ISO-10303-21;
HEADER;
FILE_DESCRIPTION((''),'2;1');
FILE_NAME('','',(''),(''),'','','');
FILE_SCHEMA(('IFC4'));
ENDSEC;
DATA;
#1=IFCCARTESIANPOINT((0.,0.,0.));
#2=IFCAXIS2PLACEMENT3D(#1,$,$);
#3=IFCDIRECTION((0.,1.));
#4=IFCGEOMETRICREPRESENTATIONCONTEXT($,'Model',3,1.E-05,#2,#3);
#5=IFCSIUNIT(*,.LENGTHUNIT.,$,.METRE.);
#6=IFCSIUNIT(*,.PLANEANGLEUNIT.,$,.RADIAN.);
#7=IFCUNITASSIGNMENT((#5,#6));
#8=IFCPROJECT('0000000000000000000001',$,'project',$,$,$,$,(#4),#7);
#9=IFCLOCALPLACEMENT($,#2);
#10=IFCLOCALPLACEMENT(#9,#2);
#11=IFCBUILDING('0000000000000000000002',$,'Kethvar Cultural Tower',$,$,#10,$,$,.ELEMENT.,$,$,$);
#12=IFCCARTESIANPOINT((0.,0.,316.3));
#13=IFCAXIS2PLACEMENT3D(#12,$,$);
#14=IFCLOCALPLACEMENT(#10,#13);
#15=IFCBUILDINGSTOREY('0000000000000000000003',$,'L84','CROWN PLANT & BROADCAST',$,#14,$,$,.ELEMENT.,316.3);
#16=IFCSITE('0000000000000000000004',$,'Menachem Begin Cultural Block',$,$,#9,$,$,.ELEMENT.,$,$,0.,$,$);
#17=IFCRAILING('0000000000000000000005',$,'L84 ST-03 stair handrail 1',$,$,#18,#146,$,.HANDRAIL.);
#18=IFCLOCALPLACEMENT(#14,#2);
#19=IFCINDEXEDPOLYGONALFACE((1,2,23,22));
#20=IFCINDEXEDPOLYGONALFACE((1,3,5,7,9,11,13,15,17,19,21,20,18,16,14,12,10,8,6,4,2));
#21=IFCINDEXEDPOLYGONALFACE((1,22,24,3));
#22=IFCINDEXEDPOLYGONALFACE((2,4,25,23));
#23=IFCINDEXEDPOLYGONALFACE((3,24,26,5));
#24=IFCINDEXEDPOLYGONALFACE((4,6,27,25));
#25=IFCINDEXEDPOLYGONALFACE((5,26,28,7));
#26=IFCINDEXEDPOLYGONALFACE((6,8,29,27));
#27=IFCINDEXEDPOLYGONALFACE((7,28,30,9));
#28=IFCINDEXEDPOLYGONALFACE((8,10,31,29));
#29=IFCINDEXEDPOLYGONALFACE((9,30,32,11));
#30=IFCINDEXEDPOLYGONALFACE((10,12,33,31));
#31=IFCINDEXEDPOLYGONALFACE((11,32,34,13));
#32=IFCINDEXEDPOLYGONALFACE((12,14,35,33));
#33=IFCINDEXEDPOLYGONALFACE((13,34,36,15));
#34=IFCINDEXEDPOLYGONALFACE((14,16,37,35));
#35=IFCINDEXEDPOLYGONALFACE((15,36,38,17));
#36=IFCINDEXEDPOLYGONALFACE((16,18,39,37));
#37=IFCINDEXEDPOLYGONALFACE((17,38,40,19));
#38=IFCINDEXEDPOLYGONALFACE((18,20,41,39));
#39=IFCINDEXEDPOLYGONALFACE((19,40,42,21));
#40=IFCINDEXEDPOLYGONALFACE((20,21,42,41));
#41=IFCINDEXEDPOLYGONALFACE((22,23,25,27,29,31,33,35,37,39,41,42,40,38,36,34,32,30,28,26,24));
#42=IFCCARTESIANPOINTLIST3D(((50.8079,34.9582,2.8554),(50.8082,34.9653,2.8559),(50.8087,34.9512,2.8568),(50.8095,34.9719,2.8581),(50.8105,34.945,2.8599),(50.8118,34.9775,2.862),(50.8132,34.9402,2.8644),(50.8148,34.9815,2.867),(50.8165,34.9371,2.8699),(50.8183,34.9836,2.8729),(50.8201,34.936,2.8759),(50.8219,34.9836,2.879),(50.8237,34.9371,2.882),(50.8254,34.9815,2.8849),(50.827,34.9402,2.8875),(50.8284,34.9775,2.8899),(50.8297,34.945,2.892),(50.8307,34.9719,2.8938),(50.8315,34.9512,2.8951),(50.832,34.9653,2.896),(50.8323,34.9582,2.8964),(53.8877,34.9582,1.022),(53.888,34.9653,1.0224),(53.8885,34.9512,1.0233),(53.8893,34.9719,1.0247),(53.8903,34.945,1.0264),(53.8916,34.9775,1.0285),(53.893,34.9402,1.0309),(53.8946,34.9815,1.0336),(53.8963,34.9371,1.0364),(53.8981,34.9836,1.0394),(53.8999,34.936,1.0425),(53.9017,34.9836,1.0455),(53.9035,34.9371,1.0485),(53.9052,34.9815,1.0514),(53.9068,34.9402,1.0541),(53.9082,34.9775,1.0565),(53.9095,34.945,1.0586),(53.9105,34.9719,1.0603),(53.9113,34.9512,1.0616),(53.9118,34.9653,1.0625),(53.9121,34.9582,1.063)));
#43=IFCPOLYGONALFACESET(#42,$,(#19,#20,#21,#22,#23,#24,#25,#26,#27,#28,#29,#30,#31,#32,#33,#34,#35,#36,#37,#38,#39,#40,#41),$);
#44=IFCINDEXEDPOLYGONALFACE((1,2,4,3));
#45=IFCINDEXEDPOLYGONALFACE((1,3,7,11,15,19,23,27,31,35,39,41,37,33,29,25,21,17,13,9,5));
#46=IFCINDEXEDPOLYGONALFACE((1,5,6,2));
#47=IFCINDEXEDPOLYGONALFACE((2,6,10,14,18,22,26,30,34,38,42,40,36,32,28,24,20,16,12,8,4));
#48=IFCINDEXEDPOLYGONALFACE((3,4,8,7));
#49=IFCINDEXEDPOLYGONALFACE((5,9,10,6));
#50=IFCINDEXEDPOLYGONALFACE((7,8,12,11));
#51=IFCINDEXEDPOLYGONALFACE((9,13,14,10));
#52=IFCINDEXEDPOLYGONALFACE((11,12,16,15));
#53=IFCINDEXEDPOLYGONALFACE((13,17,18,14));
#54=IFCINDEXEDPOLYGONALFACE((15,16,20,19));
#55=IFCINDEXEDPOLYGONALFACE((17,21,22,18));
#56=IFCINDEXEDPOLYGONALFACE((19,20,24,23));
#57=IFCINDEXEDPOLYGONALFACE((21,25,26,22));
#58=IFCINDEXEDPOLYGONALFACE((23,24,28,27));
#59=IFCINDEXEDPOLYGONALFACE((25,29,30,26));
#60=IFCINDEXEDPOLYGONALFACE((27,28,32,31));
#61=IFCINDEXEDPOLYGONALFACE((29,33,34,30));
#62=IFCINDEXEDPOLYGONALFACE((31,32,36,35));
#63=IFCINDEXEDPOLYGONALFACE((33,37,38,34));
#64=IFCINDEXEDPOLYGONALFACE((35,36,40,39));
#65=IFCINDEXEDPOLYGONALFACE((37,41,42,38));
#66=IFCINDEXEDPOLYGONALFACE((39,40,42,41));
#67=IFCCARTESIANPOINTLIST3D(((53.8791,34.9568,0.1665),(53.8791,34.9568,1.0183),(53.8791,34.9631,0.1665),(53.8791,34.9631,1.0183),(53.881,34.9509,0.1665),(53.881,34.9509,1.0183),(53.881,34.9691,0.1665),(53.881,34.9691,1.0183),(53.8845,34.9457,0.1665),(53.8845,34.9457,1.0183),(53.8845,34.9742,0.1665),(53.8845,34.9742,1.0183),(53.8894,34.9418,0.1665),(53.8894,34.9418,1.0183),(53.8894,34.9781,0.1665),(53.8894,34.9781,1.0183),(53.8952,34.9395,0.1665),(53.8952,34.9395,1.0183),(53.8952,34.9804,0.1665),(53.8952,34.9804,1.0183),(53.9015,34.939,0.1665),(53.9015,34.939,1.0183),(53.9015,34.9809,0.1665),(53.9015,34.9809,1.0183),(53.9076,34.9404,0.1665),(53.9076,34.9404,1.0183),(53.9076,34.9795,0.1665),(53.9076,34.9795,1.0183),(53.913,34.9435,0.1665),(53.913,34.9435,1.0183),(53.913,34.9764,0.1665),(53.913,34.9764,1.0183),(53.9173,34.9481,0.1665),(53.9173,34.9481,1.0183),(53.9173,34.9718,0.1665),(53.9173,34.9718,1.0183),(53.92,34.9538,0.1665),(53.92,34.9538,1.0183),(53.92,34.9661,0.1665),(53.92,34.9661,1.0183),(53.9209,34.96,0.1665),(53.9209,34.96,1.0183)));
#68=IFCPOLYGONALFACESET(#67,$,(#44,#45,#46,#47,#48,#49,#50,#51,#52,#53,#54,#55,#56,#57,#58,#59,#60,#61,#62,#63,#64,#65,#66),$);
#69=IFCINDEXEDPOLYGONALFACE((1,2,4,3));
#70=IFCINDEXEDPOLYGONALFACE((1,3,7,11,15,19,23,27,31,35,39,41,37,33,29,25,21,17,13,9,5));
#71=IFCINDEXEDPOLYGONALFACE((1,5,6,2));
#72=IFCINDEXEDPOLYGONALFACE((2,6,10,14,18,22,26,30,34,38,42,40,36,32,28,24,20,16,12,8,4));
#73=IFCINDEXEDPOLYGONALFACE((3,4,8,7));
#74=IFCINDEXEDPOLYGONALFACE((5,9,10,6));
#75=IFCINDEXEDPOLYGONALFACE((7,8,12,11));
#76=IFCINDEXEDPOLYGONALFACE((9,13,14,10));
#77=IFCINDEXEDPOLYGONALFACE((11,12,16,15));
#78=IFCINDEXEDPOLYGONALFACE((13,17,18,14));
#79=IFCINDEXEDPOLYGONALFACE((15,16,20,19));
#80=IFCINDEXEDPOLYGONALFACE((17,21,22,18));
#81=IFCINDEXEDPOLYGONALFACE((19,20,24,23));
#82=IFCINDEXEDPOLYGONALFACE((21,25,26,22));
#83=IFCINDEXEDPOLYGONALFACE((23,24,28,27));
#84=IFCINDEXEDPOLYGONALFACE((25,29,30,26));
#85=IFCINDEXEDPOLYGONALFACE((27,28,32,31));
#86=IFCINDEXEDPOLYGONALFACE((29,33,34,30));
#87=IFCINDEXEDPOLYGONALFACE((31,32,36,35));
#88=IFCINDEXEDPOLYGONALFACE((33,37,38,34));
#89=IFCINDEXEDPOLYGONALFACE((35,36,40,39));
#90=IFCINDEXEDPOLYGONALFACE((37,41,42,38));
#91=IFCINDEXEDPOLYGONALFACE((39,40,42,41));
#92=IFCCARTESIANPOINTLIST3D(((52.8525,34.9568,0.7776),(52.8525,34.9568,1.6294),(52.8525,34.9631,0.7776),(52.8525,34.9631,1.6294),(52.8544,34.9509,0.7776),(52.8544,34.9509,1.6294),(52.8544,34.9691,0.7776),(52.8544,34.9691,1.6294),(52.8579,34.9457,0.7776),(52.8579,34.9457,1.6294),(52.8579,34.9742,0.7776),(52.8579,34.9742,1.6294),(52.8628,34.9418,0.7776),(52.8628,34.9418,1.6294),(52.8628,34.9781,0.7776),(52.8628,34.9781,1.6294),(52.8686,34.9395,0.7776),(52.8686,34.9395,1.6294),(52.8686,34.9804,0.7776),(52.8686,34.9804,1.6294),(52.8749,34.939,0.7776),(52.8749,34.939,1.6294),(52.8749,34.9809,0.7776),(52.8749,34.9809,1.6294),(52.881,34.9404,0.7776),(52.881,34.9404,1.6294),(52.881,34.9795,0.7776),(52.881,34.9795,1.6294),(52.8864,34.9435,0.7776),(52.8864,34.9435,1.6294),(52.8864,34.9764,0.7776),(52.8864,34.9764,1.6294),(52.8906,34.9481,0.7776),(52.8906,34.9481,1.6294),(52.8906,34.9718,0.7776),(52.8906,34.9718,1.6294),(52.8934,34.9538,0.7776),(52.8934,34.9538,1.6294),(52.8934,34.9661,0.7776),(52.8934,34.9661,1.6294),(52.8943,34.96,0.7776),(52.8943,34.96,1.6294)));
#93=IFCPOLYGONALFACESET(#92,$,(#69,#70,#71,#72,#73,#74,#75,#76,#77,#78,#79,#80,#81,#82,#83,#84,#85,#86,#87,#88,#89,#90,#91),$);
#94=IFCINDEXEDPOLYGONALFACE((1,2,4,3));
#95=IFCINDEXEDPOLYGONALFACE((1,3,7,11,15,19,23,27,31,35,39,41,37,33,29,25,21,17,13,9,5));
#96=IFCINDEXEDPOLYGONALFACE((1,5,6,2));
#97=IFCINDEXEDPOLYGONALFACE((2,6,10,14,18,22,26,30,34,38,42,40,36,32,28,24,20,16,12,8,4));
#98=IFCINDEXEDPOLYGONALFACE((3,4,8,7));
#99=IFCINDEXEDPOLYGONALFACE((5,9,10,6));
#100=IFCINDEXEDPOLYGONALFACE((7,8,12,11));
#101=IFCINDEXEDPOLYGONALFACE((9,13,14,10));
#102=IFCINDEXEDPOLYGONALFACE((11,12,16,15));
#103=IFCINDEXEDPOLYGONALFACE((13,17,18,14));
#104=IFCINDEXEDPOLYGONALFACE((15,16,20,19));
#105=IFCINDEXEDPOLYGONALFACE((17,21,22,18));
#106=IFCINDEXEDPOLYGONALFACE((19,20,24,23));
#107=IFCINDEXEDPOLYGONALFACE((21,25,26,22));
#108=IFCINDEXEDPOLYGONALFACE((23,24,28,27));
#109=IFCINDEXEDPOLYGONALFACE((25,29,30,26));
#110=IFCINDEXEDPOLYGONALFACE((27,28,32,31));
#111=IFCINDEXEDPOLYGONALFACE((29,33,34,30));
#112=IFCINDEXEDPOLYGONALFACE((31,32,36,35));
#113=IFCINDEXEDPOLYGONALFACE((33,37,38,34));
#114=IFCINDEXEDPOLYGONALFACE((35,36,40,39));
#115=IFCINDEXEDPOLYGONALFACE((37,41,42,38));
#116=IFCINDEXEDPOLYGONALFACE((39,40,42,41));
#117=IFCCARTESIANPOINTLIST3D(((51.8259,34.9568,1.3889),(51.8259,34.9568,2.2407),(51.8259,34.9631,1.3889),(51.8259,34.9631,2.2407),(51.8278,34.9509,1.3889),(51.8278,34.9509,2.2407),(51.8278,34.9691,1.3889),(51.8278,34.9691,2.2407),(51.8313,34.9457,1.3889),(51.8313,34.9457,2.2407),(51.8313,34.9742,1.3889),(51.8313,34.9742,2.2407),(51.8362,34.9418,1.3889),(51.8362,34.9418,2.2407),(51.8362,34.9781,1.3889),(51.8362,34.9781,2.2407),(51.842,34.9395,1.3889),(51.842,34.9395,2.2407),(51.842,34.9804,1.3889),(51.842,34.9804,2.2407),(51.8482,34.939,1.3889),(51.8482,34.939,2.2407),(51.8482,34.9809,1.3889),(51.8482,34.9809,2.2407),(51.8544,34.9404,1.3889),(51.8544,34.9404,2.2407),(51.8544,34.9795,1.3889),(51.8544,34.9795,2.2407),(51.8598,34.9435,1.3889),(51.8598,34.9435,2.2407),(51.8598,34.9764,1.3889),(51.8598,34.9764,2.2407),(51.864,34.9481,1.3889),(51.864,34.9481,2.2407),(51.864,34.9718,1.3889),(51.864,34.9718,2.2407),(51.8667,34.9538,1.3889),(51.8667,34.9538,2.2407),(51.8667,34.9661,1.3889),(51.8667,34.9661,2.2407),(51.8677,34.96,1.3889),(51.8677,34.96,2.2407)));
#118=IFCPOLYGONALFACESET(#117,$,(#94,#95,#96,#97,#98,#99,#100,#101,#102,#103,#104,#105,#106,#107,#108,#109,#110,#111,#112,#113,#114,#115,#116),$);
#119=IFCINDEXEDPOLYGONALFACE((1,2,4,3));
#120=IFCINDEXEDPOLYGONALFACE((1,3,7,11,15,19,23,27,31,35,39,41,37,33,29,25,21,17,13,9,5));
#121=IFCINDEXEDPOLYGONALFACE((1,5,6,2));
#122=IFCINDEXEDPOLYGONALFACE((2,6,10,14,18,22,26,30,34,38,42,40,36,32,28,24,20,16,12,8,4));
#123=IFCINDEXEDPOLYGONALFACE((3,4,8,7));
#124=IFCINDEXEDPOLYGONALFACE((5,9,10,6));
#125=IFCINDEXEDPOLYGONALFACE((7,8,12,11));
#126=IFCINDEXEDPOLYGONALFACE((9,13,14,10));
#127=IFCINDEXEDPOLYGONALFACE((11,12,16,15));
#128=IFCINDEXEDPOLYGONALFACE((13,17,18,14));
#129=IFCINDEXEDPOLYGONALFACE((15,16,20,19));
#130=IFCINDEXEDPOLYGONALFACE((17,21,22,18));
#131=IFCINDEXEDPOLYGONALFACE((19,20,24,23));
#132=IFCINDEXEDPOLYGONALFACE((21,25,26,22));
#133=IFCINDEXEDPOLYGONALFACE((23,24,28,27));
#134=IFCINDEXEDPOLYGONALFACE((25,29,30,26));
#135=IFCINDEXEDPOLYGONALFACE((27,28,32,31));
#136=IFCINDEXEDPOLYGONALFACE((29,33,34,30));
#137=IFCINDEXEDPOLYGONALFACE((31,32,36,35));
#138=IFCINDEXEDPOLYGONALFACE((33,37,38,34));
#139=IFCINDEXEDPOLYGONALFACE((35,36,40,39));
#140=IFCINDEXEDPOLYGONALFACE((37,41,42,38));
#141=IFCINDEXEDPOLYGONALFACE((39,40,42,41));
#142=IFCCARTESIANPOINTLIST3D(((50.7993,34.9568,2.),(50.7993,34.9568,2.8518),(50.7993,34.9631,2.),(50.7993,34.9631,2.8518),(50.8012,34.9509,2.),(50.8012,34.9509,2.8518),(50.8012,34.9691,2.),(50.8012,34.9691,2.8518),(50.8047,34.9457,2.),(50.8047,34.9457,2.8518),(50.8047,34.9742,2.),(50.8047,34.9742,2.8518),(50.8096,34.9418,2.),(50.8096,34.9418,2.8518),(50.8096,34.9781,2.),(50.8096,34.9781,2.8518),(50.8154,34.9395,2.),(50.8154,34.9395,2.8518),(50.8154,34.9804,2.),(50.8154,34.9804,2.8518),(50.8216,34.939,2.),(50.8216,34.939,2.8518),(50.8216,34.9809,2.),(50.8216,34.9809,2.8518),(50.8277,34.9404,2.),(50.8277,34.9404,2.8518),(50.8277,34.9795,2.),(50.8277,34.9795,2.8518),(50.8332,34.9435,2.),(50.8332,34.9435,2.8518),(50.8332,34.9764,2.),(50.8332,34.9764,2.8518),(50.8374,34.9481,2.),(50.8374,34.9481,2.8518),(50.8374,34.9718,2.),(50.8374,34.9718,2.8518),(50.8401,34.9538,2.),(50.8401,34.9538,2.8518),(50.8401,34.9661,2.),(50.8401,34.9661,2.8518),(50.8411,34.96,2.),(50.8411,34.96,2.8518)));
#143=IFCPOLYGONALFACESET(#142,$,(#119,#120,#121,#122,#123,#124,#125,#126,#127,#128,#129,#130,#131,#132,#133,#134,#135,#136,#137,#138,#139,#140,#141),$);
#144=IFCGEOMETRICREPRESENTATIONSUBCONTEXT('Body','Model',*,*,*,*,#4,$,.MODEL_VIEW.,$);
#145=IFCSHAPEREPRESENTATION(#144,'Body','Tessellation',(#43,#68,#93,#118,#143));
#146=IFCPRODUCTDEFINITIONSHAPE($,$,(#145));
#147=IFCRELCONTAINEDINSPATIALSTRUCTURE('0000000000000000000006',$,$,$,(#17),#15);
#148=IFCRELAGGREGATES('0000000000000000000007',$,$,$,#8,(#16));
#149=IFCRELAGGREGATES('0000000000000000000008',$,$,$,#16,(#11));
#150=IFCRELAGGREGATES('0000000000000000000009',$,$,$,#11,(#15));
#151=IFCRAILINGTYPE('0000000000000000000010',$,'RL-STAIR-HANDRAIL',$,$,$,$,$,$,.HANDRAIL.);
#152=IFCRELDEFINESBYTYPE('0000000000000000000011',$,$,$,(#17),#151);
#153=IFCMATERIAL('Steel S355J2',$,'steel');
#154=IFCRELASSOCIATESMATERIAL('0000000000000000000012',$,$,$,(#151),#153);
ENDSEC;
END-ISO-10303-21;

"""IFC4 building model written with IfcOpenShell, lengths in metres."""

from ifc_helpers import new_model, si_unit, direction, frame, origin, origin_2d, place, context, subcontext, project, spatial, circle, extrude, material, type_object, element, save


model = new_model("IFC4")

# Units and contexts
model_context = context("Model", 3, precision=1e-05, world=origin(), true_north=direction((0.0, 1.0)))
body_context = subcontext(model_context, "Body", "Model", "MODEL_VIEW")
ifc_project = project(units=[si_unit("LENGTHUNIT", "METRE"), si_unit("PLANEANGLEUNIT", "RADIAN")], contexts=[model_context])

# Site, building, storey
site_placement = place(None, origin())
site = spatial("IfcSite", under=ifc_project, at=site_placement, Name="Menachem Begin Cultural Block", CompositionType="ELEMENT", RefElevation=0.0)
building_placement = place(site_placement, origin())
building = spatial("IfcBuilding", under=site, at=building_placement, Name="Kethvar Cultural Tower", CompositionType="ELEMENT")
storey_placement = place(building_placement, frame((0.0, 0.0, 316.3)))
storey = spatial("IfcBuildingStorey", under=building, at=storey_placement, Name="L84", Description="CROWN PLANT & BROADCAST", CompositionType="ELEMENT", Elevation=316.3)

# Shared definitions
ifc_material_1 = material(Name="Steel S355J2", Category="steel")

# Railing
railing_type_1 = type_object("IfcRailingType", Name="RL-STAIR-HANDRAIL", PredefinedType="HANDRAIL", material=ifc_material_1)
railing_1_placement = place(storey_placement, frame((53.8999, 34.96, 0.1665)))
element("IfcRailing", 1, at=railing_1_placement, inside=storey, type_object=railing_type_1, Name="L84 ST-03 stair handrail 1", PredefinedType="HANDRAIL", context=body_context, shape_type="SweptSolid", body=[
    extrude(circle(Radius=0.0239, at=origin_2d()), frame((0.0, 0.0, 0.876), z_axis=(-0.859261, 0.0, 0.511538), x_axis=(0.0, -1.0, 0.0)), (0.0, 0.0, 1.0), 3.5842),
    extrude(circle(Radius=0.021, at=origin_2d()), origin(), (0.0, 0.0, 1.0), 0.8518),
    extrude(circle(Radius=0.021, at=origin_2d()), frame((-1.0266, 0.0, 0.6111)), (0.0, 0.0, 1.0), 0.8518),
    extrude(circle(Radius=0.021, at=origin_2d()), frame((-2.0532, 0.0, 1.2224)), (0.0, 0.0, 1.0), 0.8518),
    extrude(circle(Radius=0.021, at=origin_2d()), frame((-3.0798, 0.0, 1.8335)), (0.0, 0.0, 1.0), 0.8518),
])

save(model, "model.ifc")
